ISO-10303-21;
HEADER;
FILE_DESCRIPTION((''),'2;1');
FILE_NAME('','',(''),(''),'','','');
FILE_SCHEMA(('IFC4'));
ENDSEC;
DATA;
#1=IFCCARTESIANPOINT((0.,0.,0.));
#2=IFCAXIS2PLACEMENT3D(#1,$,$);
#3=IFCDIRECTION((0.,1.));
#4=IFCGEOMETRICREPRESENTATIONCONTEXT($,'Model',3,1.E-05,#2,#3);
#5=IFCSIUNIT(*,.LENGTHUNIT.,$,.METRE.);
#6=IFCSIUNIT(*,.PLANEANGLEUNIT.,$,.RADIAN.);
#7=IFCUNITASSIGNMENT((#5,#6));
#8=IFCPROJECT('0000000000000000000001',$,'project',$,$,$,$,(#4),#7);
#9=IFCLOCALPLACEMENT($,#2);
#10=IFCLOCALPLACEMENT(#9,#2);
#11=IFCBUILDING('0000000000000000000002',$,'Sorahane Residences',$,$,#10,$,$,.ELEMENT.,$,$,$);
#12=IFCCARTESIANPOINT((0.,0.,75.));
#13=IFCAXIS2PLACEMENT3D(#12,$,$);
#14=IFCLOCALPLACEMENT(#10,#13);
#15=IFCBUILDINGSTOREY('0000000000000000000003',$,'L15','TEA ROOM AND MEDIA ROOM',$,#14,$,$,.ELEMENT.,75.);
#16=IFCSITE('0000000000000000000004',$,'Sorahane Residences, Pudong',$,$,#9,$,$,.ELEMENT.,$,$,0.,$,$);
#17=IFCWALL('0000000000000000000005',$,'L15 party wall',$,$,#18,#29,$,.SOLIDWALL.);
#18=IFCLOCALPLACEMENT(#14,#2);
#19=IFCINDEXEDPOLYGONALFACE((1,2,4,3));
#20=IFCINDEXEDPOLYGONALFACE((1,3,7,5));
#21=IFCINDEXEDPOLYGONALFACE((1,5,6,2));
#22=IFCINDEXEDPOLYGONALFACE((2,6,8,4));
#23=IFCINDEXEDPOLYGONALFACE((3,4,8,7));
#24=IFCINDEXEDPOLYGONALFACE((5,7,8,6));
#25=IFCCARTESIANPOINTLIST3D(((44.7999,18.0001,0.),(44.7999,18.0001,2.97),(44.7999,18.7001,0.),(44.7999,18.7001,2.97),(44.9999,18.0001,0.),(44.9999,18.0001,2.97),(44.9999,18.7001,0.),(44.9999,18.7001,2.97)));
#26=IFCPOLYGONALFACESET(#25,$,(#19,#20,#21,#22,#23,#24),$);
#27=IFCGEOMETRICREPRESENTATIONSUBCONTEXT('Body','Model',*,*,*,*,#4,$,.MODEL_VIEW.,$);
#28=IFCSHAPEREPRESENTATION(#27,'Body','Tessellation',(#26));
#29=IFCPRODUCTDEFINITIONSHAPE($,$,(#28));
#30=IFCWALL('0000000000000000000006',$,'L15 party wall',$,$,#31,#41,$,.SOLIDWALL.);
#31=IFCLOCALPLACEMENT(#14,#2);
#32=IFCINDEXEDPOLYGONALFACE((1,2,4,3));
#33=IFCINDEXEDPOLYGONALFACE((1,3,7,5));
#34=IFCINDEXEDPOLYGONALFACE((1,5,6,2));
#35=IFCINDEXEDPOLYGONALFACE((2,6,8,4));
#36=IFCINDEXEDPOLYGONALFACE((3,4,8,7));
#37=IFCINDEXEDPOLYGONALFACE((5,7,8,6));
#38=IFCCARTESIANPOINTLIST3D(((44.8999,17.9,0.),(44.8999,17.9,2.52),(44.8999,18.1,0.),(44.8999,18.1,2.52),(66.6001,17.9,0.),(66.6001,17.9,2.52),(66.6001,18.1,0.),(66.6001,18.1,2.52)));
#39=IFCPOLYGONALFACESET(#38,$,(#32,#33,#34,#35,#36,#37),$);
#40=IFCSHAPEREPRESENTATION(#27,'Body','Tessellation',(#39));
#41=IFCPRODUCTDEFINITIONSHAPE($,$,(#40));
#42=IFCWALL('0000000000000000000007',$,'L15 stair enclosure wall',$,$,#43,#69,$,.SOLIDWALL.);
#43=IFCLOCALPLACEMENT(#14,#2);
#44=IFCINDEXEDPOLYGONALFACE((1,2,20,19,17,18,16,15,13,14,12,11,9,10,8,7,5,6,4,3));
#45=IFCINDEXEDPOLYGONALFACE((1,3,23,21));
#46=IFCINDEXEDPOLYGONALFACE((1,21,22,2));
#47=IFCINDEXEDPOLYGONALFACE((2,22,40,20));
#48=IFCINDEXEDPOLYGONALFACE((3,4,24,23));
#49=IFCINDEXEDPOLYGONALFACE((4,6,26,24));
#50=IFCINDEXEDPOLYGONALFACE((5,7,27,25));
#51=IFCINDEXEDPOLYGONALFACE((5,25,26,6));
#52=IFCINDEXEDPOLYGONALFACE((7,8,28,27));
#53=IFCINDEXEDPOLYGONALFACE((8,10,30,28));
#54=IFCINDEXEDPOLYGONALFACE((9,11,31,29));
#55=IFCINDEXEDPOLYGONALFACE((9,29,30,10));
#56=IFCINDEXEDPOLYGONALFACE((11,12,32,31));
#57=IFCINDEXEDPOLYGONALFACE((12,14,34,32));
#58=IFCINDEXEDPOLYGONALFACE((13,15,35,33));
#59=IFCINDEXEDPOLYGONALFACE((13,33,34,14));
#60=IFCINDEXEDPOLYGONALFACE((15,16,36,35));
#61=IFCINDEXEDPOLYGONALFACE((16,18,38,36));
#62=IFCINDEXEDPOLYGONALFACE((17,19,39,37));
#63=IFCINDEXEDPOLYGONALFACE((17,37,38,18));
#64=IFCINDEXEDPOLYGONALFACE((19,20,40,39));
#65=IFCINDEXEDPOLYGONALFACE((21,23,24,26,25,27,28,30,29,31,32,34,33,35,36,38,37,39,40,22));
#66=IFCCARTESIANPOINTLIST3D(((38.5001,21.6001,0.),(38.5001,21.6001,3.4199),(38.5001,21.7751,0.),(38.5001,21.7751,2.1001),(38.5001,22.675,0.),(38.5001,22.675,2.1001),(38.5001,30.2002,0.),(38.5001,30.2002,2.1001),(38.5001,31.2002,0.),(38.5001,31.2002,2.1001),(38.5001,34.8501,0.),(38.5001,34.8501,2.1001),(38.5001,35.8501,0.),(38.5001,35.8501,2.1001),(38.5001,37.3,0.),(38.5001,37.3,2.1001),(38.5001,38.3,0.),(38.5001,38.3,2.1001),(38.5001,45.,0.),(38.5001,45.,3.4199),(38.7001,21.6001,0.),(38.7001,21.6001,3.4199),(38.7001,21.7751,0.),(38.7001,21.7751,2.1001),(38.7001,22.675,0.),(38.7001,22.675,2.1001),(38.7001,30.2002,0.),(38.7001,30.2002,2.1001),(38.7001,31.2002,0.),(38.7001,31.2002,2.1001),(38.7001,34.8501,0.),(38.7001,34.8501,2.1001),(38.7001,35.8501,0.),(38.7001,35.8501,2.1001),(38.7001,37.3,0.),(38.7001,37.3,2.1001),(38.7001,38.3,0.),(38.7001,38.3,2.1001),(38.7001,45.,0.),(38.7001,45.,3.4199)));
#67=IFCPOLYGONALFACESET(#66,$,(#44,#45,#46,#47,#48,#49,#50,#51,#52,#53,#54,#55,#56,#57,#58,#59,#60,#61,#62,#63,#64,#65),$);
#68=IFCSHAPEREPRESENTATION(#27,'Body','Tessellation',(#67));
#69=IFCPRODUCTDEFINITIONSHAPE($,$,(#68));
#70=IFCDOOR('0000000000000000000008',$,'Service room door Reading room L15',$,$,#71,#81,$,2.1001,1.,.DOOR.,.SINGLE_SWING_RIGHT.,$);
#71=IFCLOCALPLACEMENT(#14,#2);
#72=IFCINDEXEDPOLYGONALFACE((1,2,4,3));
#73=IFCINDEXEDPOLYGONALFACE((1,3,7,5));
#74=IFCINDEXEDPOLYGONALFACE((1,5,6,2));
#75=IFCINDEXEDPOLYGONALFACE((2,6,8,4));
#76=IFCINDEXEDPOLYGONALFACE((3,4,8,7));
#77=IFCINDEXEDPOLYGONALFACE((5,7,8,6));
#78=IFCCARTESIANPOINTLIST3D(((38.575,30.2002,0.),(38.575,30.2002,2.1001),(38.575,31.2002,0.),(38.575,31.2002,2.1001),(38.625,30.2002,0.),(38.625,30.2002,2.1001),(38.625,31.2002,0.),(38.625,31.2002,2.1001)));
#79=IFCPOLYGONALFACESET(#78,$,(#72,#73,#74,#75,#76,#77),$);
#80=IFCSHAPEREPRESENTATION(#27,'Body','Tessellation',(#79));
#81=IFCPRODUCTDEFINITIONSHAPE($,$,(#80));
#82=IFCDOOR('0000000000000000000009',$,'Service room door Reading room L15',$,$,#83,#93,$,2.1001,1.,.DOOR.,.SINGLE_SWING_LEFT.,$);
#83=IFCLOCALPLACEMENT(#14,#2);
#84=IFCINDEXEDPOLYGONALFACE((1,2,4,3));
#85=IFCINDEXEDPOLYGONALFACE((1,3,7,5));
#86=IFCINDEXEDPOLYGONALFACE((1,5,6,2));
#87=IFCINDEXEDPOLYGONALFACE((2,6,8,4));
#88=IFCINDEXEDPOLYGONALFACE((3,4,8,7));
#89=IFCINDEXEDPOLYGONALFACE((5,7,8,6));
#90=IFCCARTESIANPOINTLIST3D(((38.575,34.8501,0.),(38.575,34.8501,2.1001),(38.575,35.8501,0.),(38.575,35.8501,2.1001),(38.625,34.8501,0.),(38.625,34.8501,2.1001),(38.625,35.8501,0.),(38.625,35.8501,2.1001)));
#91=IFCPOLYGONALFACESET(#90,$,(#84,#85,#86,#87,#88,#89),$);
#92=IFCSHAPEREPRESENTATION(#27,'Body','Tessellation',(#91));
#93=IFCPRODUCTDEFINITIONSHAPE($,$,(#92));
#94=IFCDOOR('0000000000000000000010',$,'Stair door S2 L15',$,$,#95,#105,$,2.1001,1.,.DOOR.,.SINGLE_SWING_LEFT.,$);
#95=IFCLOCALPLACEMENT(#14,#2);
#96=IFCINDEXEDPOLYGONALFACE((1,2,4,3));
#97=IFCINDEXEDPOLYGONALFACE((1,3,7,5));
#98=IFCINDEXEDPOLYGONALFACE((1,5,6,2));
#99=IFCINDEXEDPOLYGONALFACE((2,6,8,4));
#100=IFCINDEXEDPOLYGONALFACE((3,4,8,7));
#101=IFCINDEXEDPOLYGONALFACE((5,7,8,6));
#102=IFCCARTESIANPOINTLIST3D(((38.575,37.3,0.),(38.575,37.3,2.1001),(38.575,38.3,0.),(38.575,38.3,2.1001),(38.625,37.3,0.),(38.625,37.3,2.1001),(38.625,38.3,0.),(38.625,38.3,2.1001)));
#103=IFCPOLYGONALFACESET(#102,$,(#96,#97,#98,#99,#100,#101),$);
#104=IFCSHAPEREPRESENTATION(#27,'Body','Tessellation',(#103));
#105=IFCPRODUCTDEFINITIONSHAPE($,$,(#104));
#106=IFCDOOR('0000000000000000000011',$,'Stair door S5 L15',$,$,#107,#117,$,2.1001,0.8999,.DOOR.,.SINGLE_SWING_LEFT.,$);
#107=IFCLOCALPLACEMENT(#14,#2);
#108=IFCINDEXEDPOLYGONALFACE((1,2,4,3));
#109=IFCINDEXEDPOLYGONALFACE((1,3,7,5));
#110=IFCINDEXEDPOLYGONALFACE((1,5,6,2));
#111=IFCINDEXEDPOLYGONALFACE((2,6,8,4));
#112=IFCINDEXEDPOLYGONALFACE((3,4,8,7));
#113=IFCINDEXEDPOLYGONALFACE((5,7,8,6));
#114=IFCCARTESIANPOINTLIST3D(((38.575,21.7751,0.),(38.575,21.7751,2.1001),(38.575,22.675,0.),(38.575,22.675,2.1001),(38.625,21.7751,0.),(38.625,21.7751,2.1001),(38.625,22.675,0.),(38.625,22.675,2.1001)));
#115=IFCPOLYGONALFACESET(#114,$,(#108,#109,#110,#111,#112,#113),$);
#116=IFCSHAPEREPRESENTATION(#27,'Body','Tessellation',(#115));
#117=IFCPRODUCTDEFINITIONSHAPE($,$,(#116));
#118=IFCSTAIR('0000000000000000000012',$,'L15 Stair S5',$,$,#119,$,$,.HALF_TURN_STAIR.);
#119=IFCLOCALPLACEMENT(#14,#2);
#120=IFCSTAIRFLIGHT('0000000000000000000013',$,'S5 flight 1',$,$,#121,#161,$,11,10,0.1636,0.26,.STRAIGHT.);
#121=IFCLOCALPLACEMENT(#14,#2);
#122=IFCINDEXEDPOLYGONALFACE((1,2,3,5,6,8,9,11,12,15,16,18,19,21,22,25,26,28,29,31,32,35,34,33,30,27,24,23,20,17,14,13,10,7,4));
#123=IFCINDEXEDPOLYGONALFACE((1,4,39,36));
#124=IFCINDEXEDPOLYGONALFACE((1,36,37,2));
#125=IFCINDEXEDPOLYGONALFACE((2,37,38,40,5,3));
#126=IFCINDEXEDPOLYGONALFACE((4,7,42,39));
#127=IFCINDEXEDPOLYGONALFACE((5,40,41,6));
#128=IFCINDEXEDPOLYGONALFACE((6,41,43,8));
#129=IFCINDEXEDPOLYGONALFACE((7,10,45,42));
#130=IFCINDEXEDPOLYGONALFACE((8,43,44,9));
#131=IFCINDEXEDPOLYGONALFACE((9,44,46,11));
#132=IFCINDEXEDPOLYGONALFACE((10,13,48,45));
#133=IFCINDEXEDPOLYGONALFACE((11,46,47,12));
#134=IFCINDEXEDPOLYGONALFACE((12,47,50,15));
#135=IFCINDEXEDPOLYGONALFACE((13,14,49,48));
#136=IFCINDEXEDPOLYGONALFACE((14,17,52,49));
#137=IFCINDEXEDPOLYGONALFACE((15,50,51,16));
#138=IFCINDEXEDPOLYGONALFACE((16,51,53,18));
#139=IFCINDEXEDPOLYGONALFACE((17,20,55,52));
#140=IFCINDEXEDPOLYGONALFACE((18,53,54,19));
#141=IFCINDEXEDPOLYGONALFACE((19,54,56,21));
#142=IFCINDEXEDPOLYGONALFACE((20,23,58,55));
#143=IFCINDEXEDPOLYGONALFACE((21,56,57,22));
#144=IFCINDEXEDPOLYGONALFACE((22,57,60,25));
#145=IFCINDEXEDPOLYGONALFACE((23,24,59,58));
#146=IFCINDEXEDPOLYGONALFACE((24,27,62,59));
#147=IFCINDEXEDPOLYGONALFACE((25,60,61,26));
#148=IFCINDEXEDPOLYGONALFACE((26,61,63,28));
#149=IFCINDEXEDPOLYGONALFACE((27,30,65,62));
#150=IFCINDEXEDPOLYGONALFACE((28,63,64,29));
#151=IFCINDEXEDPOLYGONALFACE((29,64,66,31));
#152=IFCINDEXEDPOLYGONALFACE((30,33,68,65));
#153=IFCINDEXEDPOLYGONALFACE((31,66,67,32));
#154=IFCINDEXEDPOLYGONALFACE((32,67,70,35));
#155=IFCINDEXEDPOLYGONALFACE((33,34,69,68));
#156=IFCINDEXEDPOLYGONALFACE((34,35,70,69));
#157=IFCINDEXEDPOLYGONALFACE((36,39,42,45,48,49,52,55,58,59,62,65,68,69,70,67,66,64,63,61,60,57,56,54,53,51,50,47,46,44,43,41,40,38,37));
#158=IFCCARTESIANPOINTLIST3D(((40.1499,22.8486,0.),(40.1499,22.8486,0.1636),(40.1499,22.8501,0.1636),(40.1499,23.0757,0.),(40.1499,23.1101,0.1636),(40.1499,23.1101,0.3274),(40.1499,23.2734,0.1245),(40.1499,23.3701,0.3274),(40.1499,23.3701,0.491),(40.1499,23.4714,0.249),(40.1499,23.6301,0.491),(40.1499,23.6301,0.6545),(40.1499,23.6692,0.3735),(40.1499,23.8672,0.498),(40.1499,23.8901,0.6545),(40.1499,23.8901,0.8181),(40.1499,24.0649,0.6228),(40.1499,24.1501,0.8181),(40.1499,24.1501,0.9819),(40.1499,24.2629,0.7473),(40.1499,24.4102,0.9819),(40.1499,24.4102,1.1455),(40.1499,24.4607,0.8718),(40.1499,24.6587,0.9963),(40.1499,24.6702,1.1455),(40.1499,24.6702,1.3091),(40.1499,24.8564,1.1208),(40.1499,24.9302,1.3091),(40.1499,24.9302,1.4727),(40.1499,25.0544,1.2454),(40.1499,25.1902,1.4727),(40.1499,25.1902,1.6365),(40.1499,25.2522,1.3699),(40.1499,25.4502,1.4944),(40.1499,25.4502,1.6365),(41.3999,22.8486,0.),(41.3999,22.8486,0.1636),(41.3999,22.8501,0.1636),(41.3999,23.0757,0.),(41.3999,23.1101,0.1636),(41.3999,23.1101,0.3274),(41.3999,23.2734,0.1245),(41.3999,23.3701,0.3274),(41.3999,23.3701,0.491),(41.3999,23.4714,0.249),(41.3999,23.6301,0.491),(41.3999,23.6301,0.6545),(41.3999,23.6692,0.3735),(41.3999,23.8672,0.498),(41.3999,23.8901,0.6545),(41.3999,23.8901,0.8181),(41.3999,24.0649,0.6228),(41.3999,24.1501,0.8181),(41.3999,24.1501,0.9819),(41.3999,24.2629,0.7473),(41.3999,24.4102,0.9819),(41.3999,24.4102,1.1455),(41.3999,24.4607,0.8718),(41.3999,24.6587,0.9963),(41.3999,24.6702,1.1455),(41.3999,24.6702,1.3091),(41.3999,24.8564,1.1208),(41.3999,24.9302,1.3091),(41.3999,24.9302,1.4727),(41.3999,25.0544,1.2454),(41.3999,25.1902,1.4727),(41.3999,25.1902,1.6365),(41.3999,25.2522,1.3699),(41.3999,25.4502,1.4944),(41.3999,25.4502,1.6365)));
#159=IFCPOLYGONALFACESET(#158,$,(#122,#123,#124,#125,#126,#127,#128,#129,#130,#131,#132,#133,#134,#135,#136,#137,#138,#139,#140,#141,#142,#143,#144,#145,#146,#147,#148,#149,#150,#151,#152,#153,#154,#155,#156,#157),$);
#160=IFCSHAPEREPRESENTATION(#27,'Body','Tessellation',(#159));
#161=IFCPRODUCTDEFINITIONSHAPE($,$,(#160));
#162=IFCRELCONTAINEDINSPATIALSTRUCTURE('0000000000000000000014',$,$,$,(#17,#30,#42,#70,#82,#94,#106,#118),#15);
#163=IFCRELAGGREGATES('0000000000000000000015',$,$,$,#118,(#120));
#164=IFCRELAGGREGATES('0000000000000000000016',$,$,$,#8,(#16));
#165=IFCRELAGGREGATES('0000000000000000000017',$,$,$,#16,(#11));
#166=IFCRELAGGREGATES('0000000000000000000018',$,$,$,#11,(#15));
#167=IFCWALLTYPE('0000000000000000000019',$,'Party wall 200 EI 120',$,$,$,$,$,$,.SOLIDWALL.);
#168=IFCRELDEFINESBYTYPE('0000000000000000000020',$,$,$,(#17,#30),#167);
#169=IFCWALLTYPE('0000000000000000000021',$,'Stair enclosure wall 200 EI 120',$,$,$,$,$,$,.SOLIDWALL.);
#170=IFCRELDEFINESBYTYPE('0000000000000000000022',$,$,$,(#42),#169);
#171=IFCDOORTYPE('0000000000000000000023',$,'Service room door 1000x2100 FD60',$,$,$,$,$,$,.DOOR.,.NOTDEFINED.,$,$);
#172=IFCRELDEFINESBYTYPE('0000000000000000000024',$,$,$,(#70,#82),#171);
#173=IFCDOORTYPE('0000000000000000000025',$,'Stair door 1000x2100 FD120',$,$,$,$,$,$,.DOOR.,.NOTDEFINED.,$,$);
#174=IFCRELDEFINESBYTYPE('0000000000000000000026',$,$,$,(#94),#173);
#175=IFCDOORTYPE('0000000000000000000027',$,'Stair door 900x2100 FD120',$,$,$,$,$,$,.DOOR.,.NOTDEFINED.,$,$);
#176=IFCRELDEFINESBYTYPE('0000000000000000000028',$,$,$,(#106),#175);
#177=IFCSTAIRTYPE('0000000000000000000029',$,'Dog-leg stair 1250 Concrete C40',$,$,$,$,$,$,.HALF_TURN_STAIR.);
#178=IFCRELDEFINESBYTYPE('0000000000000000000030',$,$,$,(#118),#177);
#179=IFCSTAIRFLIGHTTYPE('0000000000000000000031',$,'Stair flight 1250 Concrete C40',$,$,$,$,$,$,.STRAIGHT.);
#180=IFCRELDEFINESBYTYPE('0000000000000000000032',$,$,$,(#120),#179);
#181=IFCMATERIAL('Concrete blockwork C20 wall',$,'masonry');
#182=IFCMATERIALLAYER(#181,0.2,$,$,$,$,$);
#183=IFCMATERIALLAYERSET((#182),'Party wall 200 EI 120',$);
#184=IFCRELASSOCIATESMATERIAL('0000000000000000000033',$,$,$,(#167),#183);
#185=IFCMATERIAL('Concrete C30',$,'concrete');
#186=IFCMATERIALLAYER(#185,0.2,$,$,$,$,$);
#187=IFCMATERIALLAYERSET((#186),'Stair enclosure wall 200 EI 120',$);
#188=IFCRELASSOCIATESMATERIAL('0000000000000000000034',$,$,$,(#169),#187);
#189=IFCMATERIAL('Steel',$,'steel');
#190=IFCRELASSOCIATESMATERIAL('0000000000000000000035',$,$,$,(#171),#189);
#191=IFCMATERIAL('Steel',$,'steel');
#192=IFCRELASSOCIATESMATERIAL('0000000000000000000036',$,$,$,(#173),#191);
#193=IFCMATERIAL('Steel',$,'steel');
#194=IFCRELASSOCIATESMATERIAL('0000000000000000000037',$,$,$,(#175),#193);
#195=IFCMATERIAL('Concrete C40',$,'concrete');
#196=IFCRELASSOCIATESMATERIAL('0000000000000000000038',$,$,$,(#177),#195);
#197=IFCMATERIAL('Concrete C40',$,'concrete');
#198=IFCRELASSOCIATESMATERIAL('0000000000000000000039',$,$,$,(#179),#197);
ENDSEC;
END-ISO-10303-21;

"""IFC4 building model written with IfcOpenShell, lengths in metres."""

from ifc_helpers import new_model, si_unit, direction, frame, frame_2d, origin, place, context, subcontext, project, spatial, polyline, rectangle, outline, extrude, material, layer, layer_set, type_object, element, fill, aggregate, save


model = new_model("IFC4")

# Units and contexts
model_context = context("Model", 3, precision=1e-05, world=origin(), true_north=direction((0.0, 1.0)))
body_context = subcontext(model_context, "Body", "Model", "MODEL_VIEW")
ifc_project = project(units=[si_unit("LENGTHUNIT", "METRE"), si_unit("PLANEANGLEUNIT", "RADIAN")], contexts=[model_context])

# Site, building, storey
site_placement = place(None, origin())
site = spatial("IfcSite", under=ifc_project, at=site_placement, Name="Sorahane Residences, Pudong", CompositionType="ELEMENT", RefElevation=0.0)
building_placement = place(site_placement, origin())
building = spatial("IfcBuilding", under=site, at=building_placement, Name="Sorahane Residences", CompositionType="ELEMENT")
storey_placement = place(building_placement, frame((0.0, 0.0, 75.0)))
storey = spatial("IfcBuildingStorey", under=building, at=storey_placement, Name="L15", Description="TEA ROOM AND MEDIA ROOM", CompositionType="ELEMENT", Elevation=75.0)

# Walls
ifc_material_1 = material(Name="Concrete blockwork C20 wall", Category="masonry")
ifc_layer_1 = layer(ifc_material_1, 0.2)
ifc_layer_set_1 = layer_set([ifc_layer_1], Name="Party wall 200 EI 120")
wall_type_1 = type_object("IfcWallType", Name="Party wall 200 EI 120", PredefinedType="SOLIDWALL", material=ifc_layer_set_1)
wall_1_placement = place(storey_placement, frame((44.8999, 18.0, 0.0), z_axis=(0.0, 0.0, 1.0), x_axis=(0.0, 1.0, 0.0)))
element("IfcWall", 1, at=wall_1_placement, inside=storey, type_object=wall_type_1, Name="L15 party wall", PredefinedType="SOLIDWALL", context=body_context, shape_type="SweptSolid", body=[
    extrude(rectangle(XDim=0.7, YDim=0.2, at=frame_2d((0.3501, 0.0))), origin(), (0.0, 0.0, 1.0), 2.97),
])
wall_2_placement = place(storey_placement, frame((44.8999, 18.0, 0.0), z_axis=(0.0, 0.0, 1.0), x_axis=(1.0, 0.0, 0.0)))
element("IfcWall", 2, at=wall_2_placement, inside=storey, type_object=wall_type_1, Name="L15 party wall", PredefinedType="SOLIDWALL", context=body_context, shape_type="SweptSolid", body=[
    extrude(rectangle(XDim=21.7002, YDim=0.2, at=frame_2d((10.8501, 0.0))), origin(), (0.0, 0.0, 1.0), 2.52),
])

# Wall, openings, doors
ifc_material_2 = material(Name="Concrete C30", Category="concrete")
ifc_layer_2 = layer(ifc_material_2, 0.2)
ifc_layer_set_2 = layer_set([ifc_layer_2], Name="Stair enclosure wall 200 EI 120")
wall_type_2 = type_object("IfcWallType", Name="Stair enclosure wall 200 EI 120", PredefinedType="SOLIDWALL", material=ifc_layer_set_2)
wall_3_placement = place(storey_placement, frame((38.6001, 21.6001, 0.0), z_axis=(0.0, 0.0, 1.0), x_axis=(0.0, 1.0, 0.0)))
wall_3 = element("IfcWall", 3, at=wall_3_placement, inside=storey, type_object=wall_type_2, Name="L15 stair enclosure wall", PredefinedType="SOLIDWALL", context=body_context, shape_type="SweptSolid", body=[
    extrude(rectangle(XDim=23.3999, YDim=0.2, at=frame_2d((11.7, 0.0))), origin(), (0.0, 0.0, 1.0), 3.4199),
])
opening_1_placement = place(wall_3_placement, frame((8.6001, 0.0, 0.0)))
opening_1 = element("IfcOpeningElement", 4, at=opening_1_placement, cuts=wall_3, PredefinedType="OPENING", context=body_context, shape_type="SweptSolid", body=[
    extrude(rectangle(XDim=1.0, YDim=2.1001, at=frame_2d((0.5, 1.05))), frame((0.0, 0.1099, 0.0), z_axis=(0.0, -1.0, 0.0), x_axis=(1.0, 0.0, 0.0)), (0.0, 0.0, 1.0), 0.22),
])
opening_2_placement = place(wall_3_placement, frame((13.25, 0.0, 0.0)))
opening_2 = element("IfcOpeningElement", 5, at=opening_2_placement, cuts=wall_3, PredefinedType="OPENING", context=body_context, shape_type="SweptSolid", body=[
    extrude(rectangle(XDim=1.0, YDim=2.1001, at=frame_2d((0.5, 1.05))), frame((0.0, 0.1099, 0.0), z_axis=(0.0, -1.0, 0.0), x_axis=(1.0, 0.0, 0.0)), (0.0, 0.0, 1.0), 0.22),
])
opening_3_placement = place(wall_3_placement, frame((15.7, 0.0, 0.0)))
opening_3 = element("IfcOpeningElement", 6, at=opening_3_placement, cuts=wall_3, PredefinedType="OPENING", context=body_context, shape_type="SweptSolid", body=[
    extrude(rectangle(XDim=1.0, YDim=2.1001, at=frame_2d((0.5, 1.05))), frame((0.0, 0.1099, 0.0), z_axis=(0.0, -1.0, 0.0), x_axis=(1.0, 0.0, 0.0)), (0.0, 0.0, 1.0), 0.22),
])
opening_4_placement = place(wall_3_placement, frame((0.175, 0.0, 0.0)))
opening_4 = element("IfcOpeningElement", 7, at=opening_4_placement, cuts=wall_3, PredefinedType="OPENING", context=body_context, shape_type="SweptSolid", body=[
    extrude(rectangle(XDim=0.8999, YDim=2.1001, at=frame_2d((0.45, 1.05))), frame((0.0, 0.1099, 0.0), z_axis=(0.0, -1.0, 0.0), x_axis=(1.0, 0.0, 0.0)), (0.0, 0.0, 1.0), 0.22),
])
ifc_material_3 = material(Name="Steel", Category="steel")
door_type_1 = type_object("IfcDoorType", Name="Service room door 1000x2100 FD60", OperationType="NOTDEFINED", PredefinedType="DOOR", material=ifc_material_3)
door_1_placement = place(opening_1_placement, frame((1.0, 0.0, 0.0), z_axis=(0.0, 0.0, 1.0), x_axis=(-1.0, 0.0, 0.0)))
door_1 = element("IfcDoor", 8, at=door_1_placement, inside=storey, type_object=door_type_1, Name="Service room door Reading room L15", OperationType="SINGLE_SWING_RIGHT", OverallHeight=2.1001, OverallWidth=1.0, PredefinedType="DOOR", context=body_context, shape_type="SweptSolid", body=[
    extrude(rectangle(XDim=1.0, YDim=2.1001, at=frame_2d((0.5, 1.05))), frame((0.0, 0.0249, 0.0), z_axis=(0.0, -1.0, 0.0), x_axis=(1.0, 0.0, 0.0)), (0.0, 0.0, 1.0), 0.05),
])
fill(opening_1, door_1)
door_2_placement = place(opening_2_placement, frame((1.0, 0.0, 0.0), z_axis=(0.0, 0.0, 1.0), x_axis=(-1.0, 0.0, 0.0)))
door_2 = element("IfcDoor", 9, at=door_2_placement, inside=storey, type_object=door_type_1, Name="Service room door Reading room L15", OperationType="SINGLE_SWING_LEFT", OverallHeight=2.1001, OverallWidth=1.0, PredefinedType="DOOR", context=body_context, shape_type="SweptSolid", body=[
    extrude(rectangle(XDim=1.0, YDim=2.1001, at=frame_2d((0.5, 1.05))), frame((0.0, 0.0249, 0.0), z_axis=(0.0, -1.0, 0.0), x_axis=(1.0, 0.0, 0.0)), (0.0, 0.0, 1.0), 0.05),
])
fill(opening_2, door_2)
ifc_material_4 = material(Name="Steel", Category="steel")
door_type_2 = type_object("IfcDoorType", Name="Stair door 1000x2100 FD120", OperationType="NOTDEFINED", PredefinedType="DOOR", material=ifc_material_4)
door_3_placement = place(opening_3_placement, frame((1.0, 0.0, 0.0), z_axis=(0.0, 0.0, 1.0), x_axis=(-1.0, 0.0, 0.0)))
door_3 = element("IfcDoor", 10, at=door_3_placement, inside=storey, type_object=door_type_2, Name="Stair door S2 L15", OperationType="SINGLE_SWING_LEFT", OverallHeight=2.1001, OverallWidth=1.0, PredefinedType="DOOR", context=body_context, shape_type="SweptSolid", body=[
    extrude(rectangle(XDim=1.0, YDim=2.1001, at=frame_2d((0.5, 1.05))), frame((0.0, 0.0249, 0.0), z_axis=(0.0, -1.0, 0.0), x_axis=(1.0, 0.0, 0.0)), (0.0, 0.0, 1.0), 0.05),
])
fill(opening_3, door_3)
ifc_material_5 = material(Name="Steel", Category="steel")
door_type_3 = type_object("IfcDoorType", Name="Stair door 900x2100 FD120", OperationType="NOTDEFINED", PredefinedType="DOOR", material=ifc_material_5)
door_4_placement = place(opening_4_placement, frame((0.8999, 0.0, 0.0), z_axis=(0.0, 0.0, 1.0), x_axis=(-1.0, 0.0, 0.0)))
door_4 = element("IfcDoor", 11, at=door_4_placement, inside=storey, type_object=door_type_3, Name="Stair door S5 L15", OperationType="SINGLE_SWING_LEFT", OverallHeight=2.1001, OverallWidth=0.8999, PredefinedType="DOOR", context=body_context, shape_type="SweptSolid", body=[
    extrude(rectangle(XDim=0.8999, YDim=2.1001, at=frame_2d((0.45, 1.05))), frame((0.0, 0.0249, 0.0), z_axis=(0.0, -1.0, 0.0), x_axis=(1.0, 0.0, 0.0)), (0.0, 0.0, 1.0), 0.05),
])
fill(opening_4, door_4)

# Stair, stair flight
ifc_material_6 = material(Name="Concrete C40", Category="concrete")
stair_type = type_object("IfcStairType", Name="Dog-leg stair 1250 Concrete C40", PredefinedType="HALF_TURN_STAIR", material=ifc_material_6)
stair_placement = place(storey_placement, origin())
stair = element("IfcStair", 12, at=stair_placement, inside=storey, type_object=stair_type, Name="L15 Stair S5", PredefinedType="HALF_TURN_STAIR")
ifc_material_7 = material(Name="Concrete C40", Category="concrete")
stair_flight_type = type_object("IfcStairFlightType", Name="Stair flight 1250 Concrete C40", PredefinedType="STRAIGHT", material=ifc_material_7)
stair_flight_1_placement = place(storey_placement, frame((40.7749, 22.8501, 0.0), z_axis=(0.0, 0.0, 1.0), x_axis=(0.0, 1.0, 0.0)))
stair_flight_1 = element("IfcStairFlight", 13, at=stair_flight_1_placement, type_object=stair_flight_type, Name="S5 flight 1", NumberOfRisers=11, NumberOfTreads=10, PredefinedType="STRAIGHT", RiserHeight=0.1636, TreadLength=0.26, context=body_context, shape_type="SweptSolid", body=[
    extrude(outline(polyline([(-0.0015, 0.0), (-0.0015, 0.1636), (0.0, 0.1636), (0.26, 0.1636), (0.26, 0.3274), (0.52, 0.3274), (0.52, 0.491), (0.78, 0.491), (0.78, 0.6545), (1.04, 0.6545), (1.04, 0.8181), (1.3, 0.8181), (1.3, 0.9819), (1.5601, 0.9819), (1.5601, 1.1455), (1.8201, 1.1455), (1.8201, 1.3091), (2.0801, 1.3091), (2.0801, 1.4727), (2.3401, 1.4727), (2.3401, 1.6365), (2.6001, 1.6365), (2.6001, 1.8), (2.6001, 1.4944), (2.4021, 1.3699), (2.2043, 1.2454), (2.0063, 1.1208), (1.8086, 0.9963), (1.6106, 0.8718), (1.4128, 0.7473), (1.2148, 0.6228), (1.0171, 0.498), (0.8191, 0.3735), (0.6213, 0.249), (0.4233, 0.1245), (0.2256, 0.0), (-0.0015, 0.0)])), frame((0.0, 0.625, 0.0), z_axis=(0.0, -1.0, 0.0), x_axis=(1.0, 0.0, 0.0)), (0.0, 0.0, 1.0), 1.25),
])
aggregate(stair, [stair_flight_1])

save(model, "model.ifc")
